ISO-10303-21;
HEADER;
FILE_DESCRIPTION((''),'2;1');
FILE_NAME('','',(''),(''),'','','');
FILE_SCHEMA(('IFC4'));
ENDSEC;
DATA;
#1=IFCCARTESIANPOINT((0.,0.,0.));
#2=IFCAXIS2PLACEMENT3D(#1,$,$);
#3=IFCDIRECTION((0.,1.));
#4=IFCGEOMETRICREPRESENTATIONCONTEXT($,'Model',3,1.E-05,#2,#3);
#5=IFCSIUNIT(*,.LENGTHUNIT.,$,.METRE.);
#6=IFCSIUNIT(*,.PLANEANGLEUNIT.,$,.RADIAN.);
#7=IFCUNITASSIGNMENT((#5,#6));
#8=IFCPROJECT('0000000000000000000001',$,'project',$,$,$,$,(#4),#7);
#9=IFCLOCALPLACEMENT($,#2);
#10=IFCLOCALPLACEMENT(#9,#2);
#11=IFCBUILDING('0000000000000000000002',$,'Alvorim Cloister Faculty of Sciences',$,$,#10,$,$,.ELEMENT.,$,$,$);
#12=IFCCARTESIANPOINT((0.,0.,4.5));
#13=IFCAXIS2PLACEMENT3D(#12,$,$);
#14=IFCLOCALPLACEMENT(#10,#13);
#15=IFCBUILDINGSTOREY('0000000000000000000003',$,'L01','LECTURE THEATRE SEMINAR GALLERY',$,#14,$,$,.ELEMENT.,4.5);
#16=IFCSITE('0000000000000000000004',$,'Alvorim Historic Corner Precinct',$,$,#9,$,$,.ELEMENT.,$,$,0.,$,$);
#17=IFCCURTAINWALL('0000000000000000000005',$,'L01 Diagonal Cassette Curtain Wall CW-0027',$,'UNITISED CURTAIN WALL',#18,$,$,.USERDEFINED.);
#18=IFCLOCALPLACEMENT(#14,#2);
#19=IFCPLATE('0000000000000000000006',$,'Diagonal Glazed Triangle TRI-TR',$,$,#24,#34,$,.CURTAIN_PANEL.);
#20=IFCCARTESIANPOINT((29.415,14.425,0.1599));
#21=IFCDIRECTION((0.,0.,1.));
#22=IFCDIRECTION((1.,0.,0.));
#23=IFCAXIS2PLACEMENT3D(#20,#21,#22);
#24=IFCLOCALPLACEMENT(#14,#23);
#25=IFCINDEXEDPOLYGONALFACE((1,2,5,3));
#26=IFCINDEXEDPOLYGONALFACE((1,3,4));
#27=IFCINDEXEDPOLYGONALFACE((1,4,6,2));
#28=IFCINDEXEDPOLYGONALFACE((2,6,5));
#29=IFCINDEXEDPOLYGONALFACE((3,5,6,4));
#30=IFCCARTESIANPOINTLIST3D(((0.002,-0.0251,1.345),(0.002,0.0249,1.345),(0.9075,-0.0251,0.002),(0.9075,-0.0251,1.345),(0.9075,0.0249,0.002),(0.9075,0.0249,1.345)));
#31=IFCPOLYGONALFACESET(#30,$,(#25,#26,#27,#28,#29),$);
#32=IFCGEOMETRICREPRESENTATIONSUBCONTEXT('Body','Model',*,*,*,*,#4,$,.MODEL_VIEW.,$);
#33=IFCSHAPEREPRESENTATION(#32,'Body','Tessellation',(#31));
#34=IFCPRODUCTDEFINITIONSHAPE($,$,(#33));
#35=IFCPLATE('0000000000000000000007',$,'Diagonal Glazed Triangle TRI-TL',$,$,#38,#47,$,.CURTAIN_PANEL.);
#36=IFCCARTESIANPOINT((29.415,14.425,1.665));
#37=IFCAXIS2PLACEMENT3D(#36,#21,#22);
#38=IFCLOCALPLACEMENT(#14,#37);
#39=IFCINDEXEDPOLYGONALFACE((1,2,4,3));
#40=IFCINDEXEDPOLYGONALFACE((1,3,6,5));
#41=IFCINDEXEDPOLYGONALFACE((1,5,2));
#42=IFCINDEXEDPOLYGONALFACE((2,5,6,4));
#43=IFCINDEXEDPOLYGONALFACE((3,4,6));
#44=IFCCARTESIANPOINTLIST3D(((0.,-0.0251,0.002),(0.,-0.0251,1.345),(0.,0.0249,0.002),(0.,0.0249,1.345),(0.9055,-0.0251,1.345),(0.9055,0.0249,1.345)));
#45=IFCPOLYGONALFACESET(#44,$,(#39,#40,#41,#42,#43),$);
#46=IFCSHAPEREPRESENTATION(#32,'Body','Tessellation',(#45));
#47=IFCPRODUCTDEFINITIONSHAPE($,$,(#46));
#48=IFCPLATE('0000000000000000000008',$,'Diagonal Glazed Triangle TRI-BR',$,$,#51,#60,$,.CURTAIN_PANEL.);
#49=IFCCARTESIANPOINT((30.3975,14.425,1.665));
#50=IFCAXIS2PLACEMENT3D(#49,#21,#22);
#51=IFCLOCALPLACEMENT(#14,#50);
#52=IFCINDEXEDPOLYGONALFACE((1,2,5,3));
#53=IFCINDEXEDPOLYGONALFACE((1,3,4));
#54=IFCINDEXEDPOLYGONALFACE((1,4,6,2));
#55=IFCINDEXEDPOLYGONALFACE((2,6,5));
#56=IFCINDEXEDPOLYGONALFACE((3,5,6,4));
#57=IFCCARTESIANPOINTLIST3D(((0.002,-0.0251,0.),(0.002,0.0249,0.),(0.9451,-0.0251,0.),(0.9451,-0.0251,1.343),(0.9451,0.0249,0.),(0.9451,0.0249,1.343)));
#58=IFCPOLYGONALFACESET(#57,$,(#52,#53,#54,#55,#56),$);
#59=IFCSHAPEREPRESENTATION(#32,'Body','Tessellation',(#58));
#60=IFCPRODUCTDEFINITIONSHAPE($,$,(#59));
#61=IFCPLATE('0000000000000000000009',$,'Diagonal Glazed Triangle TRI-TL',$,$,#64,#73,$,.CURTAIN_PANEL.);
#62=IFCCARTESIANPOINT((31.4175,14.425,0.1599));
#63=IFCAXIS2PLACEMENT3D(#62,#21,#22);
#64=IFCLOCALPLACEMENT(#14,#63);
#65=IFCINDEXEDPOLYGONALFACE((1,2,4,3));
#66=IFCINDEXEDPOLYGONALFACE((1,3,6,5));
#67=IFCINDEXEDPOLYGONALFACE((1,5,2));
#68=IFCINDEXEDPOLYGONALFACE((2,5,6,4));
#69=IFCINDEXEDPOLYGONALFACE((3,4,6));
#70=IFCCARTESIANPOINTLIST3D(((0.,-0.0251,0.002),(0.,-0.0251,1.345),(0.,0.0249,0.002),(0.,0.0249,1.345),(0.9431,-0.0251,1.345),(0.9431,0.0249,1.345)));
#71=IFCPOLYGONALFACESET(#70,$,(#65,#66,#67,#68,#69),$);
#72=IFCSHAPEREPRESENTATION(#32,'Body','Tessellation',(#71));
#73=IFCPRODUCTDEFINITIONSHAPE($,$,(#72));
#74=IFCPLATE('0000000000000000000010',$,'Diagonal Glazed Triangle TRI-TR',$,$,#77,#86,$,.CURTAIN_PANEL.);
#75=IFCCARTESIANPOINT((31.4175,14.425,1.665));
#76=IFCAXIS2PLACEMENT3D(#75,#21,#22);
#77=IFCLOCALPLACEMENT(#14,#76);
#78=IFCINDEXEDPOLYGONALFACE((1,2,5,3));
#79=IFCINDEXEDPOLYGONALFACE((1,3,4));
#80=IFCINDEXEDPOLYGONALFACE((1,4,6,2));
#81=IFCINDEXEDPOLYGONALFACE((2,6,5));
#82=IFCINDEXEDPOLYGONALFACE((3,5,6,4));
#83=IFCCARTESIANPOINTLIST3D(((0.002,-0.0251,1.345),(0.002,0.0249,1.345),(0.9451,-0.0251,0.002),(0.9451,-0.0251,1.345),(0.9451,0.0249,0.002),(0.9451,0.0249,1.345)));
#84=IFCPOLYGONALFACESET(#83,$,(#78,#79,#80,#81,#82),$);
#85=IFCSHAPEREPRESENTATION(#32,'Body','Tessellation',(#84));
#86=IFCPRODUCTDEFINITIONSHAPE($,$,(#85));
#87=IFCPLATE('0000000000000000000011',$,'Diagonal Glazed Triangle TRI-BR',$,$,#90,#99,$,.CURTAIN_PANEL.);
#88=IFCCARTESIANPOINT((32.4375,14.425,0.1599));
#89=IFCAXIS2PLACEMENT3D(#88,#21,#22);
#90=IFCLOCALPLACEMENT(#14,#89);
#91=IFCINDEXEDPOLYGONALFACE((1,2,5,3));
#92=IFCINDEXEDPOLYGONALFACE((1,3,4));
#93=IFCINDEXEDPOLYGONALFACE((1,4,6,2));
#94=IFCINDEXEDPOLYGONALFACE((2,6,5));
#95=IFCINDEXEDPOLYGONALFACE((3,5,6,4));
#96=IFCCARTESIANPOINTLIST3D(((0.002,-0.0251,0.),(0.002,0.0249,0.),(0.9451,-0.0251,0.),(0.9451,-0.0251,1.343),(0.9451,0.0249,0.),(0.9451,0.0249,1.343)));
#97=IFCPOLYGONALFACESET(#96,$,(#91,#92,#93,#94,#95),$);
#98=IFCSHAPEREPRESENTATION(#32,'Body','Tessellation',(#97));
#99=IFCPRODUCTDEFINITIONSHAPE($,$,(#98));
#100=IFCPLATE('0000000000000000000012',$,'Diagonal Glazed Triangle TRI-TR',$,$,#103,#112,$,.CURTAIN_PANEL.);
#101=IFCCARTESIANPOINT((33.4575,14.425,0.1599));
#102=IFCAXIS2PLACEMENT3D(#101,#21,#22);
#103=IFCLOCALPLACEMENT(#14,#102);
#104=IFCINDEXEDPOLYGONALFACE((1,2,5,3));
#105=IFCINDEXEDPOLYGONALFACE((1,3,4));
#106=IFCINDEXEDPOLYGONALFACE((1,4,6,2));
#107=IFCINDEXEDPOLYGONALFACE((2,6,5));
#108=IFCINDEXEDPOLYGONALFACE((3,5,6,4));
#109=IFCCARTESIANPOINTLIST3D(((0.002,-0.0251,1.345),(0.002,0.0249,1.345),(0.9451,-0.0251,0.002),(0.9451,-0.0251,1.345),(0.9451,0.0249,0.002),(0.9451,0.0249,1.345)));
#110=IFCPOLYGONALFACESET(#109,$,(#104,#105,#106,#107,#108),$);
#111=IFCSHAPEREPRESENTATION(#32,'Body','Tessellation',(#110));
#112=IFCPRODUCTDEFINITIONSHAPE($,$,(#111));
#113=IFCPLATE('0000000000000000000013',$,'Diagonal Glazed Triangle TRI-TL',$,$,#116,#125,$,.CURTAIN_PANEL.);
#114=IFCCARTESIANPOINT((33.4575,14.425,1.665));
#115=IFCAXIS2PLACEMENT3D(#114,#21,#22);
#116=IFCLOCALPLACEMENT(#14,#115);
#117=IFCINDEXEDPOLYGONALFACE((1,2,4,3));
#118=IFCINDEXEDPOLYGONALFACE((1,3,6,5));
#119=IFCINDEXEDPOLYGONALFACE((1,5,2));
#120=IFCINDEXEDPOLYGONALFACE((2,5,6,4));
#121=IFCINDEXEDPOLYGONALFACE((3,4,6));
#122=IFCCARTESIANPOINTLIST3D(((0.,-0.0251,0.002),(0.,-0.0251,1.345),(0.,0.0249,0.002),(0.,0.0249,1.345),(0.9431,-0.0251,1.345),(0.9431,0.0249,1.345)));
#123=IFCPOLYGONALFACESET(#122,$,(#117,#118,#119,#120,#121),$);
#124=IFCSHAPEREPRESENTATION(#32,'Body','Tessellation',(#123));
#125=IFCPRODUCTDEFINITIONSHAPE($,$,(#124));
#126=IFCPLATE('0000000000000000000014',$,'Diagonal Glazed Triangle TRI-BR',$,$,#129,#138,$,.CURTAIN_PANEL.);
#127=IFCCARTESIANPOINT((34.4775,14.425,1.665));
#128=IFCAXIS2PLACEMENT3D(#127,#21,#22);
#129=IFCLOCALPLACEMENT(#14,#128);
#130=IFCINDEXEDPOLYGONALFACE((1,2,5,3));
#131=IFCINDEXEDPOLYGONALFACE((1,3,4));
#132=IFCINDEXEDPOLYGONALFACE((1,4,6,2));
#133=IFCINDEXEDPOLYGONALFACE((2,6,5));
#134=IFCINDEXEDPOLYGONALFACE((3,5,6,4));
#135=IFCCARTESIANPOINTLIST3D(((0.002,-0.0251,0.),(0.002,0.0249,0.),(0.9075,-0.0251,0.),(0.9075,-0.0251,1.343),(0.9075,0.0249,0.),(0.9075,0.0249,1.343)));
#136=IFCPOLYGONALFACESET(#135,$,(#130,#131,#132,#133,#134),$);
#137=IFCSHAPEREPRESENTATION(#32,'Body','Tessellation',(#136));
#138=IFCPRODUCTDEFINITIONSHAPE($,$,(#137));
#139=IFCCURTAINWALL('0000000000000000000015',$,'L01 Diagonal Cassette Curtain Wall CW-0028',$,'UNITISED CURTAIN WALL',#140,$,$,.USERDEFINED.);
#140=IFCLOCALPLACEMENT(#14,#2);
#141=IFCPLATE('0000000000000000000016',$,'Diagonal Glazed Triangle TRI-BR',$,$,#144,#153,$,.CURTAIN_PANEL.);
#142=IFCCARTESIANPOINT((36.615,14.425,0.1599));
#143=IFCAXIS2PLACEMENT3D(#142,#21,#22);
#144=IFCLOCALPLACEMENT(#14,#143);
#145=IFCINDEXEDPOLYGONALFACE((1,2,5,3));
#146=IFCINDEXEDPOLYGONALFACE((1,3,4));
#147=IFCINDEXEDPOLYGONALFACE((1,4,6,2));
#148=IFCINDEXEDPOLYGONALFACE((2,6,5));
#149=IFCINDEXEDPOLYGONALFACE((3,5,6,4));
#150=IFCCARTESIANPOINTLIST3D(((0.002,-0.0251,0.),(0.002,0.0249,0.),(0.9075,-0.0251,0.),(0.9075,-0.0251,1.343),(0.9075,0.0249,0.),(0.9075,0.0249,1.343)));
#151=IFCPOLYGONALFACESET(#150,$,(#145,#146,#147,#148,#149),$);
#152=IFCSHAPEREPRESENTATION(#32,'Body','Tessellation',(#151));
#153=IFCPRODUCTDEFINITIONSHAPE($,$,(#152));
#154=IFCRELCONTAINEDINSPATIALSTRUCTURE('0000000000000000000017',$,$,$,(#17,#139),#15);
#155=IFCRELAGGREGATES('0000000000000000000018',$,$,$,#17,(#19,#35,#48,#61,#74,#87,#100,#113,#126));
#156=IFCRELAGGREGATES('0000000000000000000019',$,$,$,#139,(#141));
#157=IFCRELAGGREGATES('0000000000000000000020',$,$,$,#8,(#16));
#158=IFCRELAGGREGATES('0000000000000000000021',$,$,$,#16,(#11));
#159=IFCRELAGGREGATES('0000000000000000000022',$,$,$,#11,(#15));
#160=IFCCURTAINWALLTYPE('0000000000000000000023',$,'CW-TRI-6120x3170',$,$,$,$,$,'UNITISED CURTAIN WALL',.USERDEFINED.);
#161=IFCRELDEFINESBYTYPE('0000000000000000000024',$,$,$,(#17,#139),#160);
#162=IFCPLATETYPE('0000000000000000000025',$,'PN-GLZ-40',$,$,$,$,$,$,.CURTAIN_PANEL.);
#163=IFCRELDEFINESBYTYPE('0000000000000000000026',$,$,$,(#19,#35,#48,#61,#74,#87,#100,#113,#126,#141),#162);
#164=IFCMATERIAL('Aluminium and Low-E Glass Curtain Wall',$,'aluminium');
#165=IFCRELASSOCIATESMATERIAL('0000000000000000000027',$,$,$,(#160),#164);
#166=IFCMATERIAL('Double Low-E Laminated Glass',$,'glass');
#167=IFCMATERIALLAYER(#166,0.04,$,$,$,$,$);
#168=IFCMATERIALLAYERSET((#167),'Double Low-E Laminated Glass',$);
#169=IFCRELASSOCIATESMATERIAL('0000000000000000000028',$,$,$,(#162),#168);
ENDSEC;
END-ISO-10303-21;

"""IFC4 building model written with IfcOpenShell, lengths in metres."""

from ifc_helpers import new_model, si_unit, direction, frame, origin, place, context, subcontext, project, spatial, polyline, outline, extrude, material, layer, layer_set, type_object, element, aggregate, save


model = new_model("IFC4")

# Units and contexts
model_context = context("Model", 3, precision=1e-05, world=origin(), true_north=direction((0.0, 1.0)))
body_context = subcontext(model_context, "Body", "Model", "MODEL_VIEW")
ifc_project = project(units=[si_unit("LENGTHUNIT", "METRE"), si_unit("PLANEANGLEUNIT", "RADIAN")], contexts=[model_context])

# Site, building, storey
site_placement = place(None, origin())
site = spatial("IfcSite", under=ifc_project, at=site_placement, Name="Alvorim Historic Corner Precinct", CompositionType="ELEMENT", RefElevation=0.0)
building_placement = place(site_placement, origin())
building = spatial("IfcBuilding", under=site, at=building_placement, Name="Alvorim Cloister Faculty of Sciences", CompositionType="ELEMENT")
storey_placement = place(building_placement, frame((0.0, 0.0, 4.5)))
storey = spatial("IfcBuildingStorey", under=building, at=storey_placement, Name="L01", Description="LECTURE THEATRE SEMINAR GALLERY", CompositionType="ELEMENT", Elevation=4.5)

# Curtain walls, plates
ifc_material_1 = material(Name="Aluminium and Low-E Glass Curtain Wall", Category="aluminium")
curtain_wall_type = type_object("IfcCurtainWallType", Name="CW-TRI-6120x3170", ElementType="UNITISED CURTAIN WALL", PredefinedType="USERDEFINED", material=ifc_material_1)
curtain_wall_1_placement = place(storey_placement, origin())
curtain_wall_1 = element("IfcCurtainWall", 1, at=curtain_wall_1_placement, inside=storey, type_object=curtain_wall_type, Name="L01 Diagonal Cassette Curtain Wall CW-0027", ObjectType="UNITISED CURTAIN WALL", PredefinedType="USERDEFINED")
ifc_material_2 = material(Name="Double Low-E Laminated Glass", Category="glass")
ifc_layer = layer(ifc_material_2, 0.04)
ifc_layer_set = layer_set([ifc_layer], Name="Double Low-E Laminated Glass")
plate_type = type_object("IfcPlateType", Name="PN-GLZ-40", PredefinedType="CURTAIN_PANEL", material=ifc_layer_set)
plate_1_placement = place(storey_placement, frame((29.415, 14.425, 0.1599), z_axis=(0.0, 0.0, 1.0), x_axis=(1.0, 0.0, 0.0)))
plate_1 = element("IfcPlate", 2, at=plate_1_placement, type_object=plate_type, Name="Diagonal Glazed Triangle TRI-TR", PredefinedType="CURTAIN_PANEL", context=body_context, shape_type="SweptSolid", body=[
    extrude(outline(polyline([(0.9075, 0.002), (0.9075, 1.345), (0.002, 1.345), (0.9075, 0.002)])), frame((0.0, 0.0249, 0.0), z_axis=(0.0, -1.0, 0.0), x_axis=(1.0, 0.0, 0.0)), (0.0, 0.0, 1.0), 0.05),
])
plate_2_placement = place(storey_placement, frame((29.415, 14.425, 1.665), z_axis=(0.0, 0.0, 1.0), x_axis=(1.0, 0.0, 0.0)))
plate_2 = element("IfcPlate", 3, at=plate_2_placement, type_object=plate_type, Name="Diagonal Glazed Triangle TRI-TL", PredefinedType="CURTAIN_PANEL", context=body_context, shape_type="SweptSolid", body=[
    extrude(outline(polyline([(0.9055, 1.345), (0.0, 1.345), (0.0, 0.002), (0.9055, 1.345)])), frame((0.0, 0.0249, 0.0), z_axis=(0.0, -1.0, 0.0), x_axis=(1.0, 0.0, 0.0)), (0.0, 0.0, 1.0), 0.05),
])
plate_3_placement = place(storey_placement, frame((30.3975, 14.425, 1.665), z_axis=(0.0, 0.0, 1.0), x_axis=(1.0, 0.0, 0.0)))
plate_3 = element("IfcPlate", 4, at=plate_3_placement, type_object=plate_type, Name="Diagonal Glazed Triangle TRI-BR", PredefinedType="CURTAIN_PANEL", context=body_context, shape_type="SweptSolid", body=[
    extrude(outline(polyline([(0.002, 0.0), (0.9451, 0.0), (0.9451, 1.343), (0.002, 0.0)])), frame((0.0, 0.0249, 0.0), z_axis=(0.0, -1.0, 0.0), x_axis=(1.0, 0.0, 0.0)), (0.0, 0.0, 1.0), 0.05),
])
plate_4_placement = place(storey_placement, frame((31.4175, 14.425, 0.1599), z_axis=(0.0, 0.0, 1.0), x_axis=(1.0, 0.0, 0.0)))
plate_4 = element("IfcPlate", 5, at=plate_4_placement, type_object=plate_type, Name="Diagonal Glazed Triangle TRI-TL", PredefinedType="CURTAIN_PANEL", context=body_context, shape_type="SweptSolid", body=[
    extrude(outline(polyline([(0.9431, 1.345), (0.0, 1.345), (0.0, 0.002), (0.9431, 1.345)])), frame((0.0, 0.0249, 0.0), z_axis=(0.0, -1.0, 0.0), x_axis=(1.0, 0.0, 0.0)), (0.0, 0.0, 1.0), 0.05),
])
plate_5_placement = place(storey_placement, frame((31.4175, 14.425, 1.665), z_axis=(0.0, 0.0, 1.0), x_axis=(1.0, 0.0, 0.0)))
plate_5 = element("IfcPlate", 6, at=plate_5_placement, type_object=plate_type, Name="Diagonal Glazed Triangle TRI-TR", PredefinedType="CURTAIN_PANEL", context=body_context, shape_type="SweptSolid", body=[
    extrude(outline(polyline([(0.9451, 0.002), (0.9451, 1.345), (0.002, 1.345), (0.9451, 0.002)])), frame((0.0, 0.0249, 0.0), z_axis=(0.0, -1.0, 0.0), x_axis=(1.0, 0.0, 0.0)), (0.0, 0.0, 1.0), 0.05),
])
plate_6_placement = place(storey_placement, frame((32.4375, 14.425, 0.1599), z_axis=(0.0, 0.0, 1.0), x_axis=(1.0, 0.0, 0.0)))
plate_6 = element("IfcPlate", 7, at=plate_6_placement, type_object=plate_type, Name="Diagonal Glazed Triangle TRI-BR", PredefinedType="CURTAIN_PANEL", context=body_context, shape_type="SweptSolid", body=[
    extrude(outline(polyline([(0.002, 0.0), (0.9451, 0.0), (0.9451, 1.343), (0.002, 0.0)])), frame((0.0, 0.0249, 0.0), z_axis=(0.0, -1.0, 0.0), x_axis=(1.0, 0.0, 0.0)), (0.0, 0.0, 1.0), 0.05),
])
plate_7_placement = place(storey_placement, frame((33.4575, 14.425, 0.1599), z_axis=(0.0, 0.0, 1.0), x_axis=(1.0, 0.0, 0.0)))
plate_7 = element("IfcPlate", 8, at=plate_7_placement, type_object=plate_type, Name="Diagonal Glazed Triangle TRI-TR", PredefinedType="CURTAIN_PANEL", context=body_context, shape_type="SweptSolid", body=[
    extrude(outline(polyline([(0.9451, 0.002), (0.9451, 1.345), (0.002, 1.345), (0.9451, 0.002)])), frame((0.0, 0.0249, 0.0), z_axis=(0.0, -1.0, 0.0), x_axis=(1.0, 0.0, 0.0)), (0.0, 0.0, 1.0), 0.05),
])
plate_8_placement = place(storey_placement, frame((33.4575, 14.425, 1.665), z_axis=(0.0, 0.0, 1.0), x_axis=(1.0, 0.0, 0.0)))
plate_8 = element("IfcPlate", 9, at=plate_8_placement, type_object=plate_type, Name="Diagonal Glazed Triangle TRI-TL", PredefinedType="CURTAIN_PANEL", context=body_context, shape_type="SweptSolid", body=[
    extrude(outline(polyline([(0.9431, 1.345), (0.0, 1.345), (0.0, 0.002), (0.9431, 1.345)])), frame((0.0, 0.0249, 0.0), z_axis=(0.0, -1.0, 0.0), x_axis=(1.0, 0.0, 0.0)), (0.0, 0.0, 1.0), 0.05),
])
plate_9_placement = place(storey_placement, frame((34.4775, 14.425, 1.665), z_axis=(0.0, 0.0, 1.0), x_axis=(1.0, 0.0, 0.0)))
plate_9 = element("IfcPlate", 10, at=plate_9_placement, type_object=plate_type, Name="Diagonal Glazed Triangle TRI-BR", PredefinedType="CURTAIN_PANEL", context=body_context, shape_type="SweptSolid", body=[
    extrude(outline(polyline([(0.002, 0.0), (0.9075, 0.0), (0.9075, 1.343), (0.002, 0.0)])), frame((0.0, 0.0249, 0.0), z_axis=(0.0, -1.0, 0.0), x_axis=(1.0, 0.0, 0.0)), (0.0, 0.0, 1.0), 0.05),
])
aggregate(curtain_wall_1, [plate_1, plate_2, plate_3, plate_4, plate_5, plate_6, plate_7, plate_8, plate_9])
curtain_wall_2_placement = place(storey_placement, origin())
curtain_wall_2 = element("IfcCurtainWall", 11, at=curtain_wall_2_placement, inside=storey, type_object=curtain_wall_type, Name="L01 Diagonal Cassette Curtain Wall CW-0028", ObjectType="UNITISED CURTAIN WALL", PredefinedType="USERDEFINED")
plate_10_placement = place(storey_placement, frame((36.615, 14.425, 0.1599), z_axis=(0.0, 0.0, 1.0), x_axis=(1.0, 0.0, 0.0)))
plate_10 = element("IfcPlate", 12, at=plate_10_placement, type_object=plate_type, Name="Diagonal Glazed Triangle TRI-BR", PredefinedType="CURTAIN_PANEL", context=body_context, shape_type="SweptSolid", body=[
    extrude(outline(polyline([(0.002, 0.0), (0.9075, 0.0), (0.9075, 1.343), (0.002, 0.0)])), frame((0.0, 0.0249, 0.0), z_axis=(0.0, -1.0, 0.0), x_axis=(1.0, 0.0, 0.0)), (0.0, 0.0, 1.0), 0.05),
])
aggregate(curtain_wall_2, [plate_10])

save(model, "model.ifc")
